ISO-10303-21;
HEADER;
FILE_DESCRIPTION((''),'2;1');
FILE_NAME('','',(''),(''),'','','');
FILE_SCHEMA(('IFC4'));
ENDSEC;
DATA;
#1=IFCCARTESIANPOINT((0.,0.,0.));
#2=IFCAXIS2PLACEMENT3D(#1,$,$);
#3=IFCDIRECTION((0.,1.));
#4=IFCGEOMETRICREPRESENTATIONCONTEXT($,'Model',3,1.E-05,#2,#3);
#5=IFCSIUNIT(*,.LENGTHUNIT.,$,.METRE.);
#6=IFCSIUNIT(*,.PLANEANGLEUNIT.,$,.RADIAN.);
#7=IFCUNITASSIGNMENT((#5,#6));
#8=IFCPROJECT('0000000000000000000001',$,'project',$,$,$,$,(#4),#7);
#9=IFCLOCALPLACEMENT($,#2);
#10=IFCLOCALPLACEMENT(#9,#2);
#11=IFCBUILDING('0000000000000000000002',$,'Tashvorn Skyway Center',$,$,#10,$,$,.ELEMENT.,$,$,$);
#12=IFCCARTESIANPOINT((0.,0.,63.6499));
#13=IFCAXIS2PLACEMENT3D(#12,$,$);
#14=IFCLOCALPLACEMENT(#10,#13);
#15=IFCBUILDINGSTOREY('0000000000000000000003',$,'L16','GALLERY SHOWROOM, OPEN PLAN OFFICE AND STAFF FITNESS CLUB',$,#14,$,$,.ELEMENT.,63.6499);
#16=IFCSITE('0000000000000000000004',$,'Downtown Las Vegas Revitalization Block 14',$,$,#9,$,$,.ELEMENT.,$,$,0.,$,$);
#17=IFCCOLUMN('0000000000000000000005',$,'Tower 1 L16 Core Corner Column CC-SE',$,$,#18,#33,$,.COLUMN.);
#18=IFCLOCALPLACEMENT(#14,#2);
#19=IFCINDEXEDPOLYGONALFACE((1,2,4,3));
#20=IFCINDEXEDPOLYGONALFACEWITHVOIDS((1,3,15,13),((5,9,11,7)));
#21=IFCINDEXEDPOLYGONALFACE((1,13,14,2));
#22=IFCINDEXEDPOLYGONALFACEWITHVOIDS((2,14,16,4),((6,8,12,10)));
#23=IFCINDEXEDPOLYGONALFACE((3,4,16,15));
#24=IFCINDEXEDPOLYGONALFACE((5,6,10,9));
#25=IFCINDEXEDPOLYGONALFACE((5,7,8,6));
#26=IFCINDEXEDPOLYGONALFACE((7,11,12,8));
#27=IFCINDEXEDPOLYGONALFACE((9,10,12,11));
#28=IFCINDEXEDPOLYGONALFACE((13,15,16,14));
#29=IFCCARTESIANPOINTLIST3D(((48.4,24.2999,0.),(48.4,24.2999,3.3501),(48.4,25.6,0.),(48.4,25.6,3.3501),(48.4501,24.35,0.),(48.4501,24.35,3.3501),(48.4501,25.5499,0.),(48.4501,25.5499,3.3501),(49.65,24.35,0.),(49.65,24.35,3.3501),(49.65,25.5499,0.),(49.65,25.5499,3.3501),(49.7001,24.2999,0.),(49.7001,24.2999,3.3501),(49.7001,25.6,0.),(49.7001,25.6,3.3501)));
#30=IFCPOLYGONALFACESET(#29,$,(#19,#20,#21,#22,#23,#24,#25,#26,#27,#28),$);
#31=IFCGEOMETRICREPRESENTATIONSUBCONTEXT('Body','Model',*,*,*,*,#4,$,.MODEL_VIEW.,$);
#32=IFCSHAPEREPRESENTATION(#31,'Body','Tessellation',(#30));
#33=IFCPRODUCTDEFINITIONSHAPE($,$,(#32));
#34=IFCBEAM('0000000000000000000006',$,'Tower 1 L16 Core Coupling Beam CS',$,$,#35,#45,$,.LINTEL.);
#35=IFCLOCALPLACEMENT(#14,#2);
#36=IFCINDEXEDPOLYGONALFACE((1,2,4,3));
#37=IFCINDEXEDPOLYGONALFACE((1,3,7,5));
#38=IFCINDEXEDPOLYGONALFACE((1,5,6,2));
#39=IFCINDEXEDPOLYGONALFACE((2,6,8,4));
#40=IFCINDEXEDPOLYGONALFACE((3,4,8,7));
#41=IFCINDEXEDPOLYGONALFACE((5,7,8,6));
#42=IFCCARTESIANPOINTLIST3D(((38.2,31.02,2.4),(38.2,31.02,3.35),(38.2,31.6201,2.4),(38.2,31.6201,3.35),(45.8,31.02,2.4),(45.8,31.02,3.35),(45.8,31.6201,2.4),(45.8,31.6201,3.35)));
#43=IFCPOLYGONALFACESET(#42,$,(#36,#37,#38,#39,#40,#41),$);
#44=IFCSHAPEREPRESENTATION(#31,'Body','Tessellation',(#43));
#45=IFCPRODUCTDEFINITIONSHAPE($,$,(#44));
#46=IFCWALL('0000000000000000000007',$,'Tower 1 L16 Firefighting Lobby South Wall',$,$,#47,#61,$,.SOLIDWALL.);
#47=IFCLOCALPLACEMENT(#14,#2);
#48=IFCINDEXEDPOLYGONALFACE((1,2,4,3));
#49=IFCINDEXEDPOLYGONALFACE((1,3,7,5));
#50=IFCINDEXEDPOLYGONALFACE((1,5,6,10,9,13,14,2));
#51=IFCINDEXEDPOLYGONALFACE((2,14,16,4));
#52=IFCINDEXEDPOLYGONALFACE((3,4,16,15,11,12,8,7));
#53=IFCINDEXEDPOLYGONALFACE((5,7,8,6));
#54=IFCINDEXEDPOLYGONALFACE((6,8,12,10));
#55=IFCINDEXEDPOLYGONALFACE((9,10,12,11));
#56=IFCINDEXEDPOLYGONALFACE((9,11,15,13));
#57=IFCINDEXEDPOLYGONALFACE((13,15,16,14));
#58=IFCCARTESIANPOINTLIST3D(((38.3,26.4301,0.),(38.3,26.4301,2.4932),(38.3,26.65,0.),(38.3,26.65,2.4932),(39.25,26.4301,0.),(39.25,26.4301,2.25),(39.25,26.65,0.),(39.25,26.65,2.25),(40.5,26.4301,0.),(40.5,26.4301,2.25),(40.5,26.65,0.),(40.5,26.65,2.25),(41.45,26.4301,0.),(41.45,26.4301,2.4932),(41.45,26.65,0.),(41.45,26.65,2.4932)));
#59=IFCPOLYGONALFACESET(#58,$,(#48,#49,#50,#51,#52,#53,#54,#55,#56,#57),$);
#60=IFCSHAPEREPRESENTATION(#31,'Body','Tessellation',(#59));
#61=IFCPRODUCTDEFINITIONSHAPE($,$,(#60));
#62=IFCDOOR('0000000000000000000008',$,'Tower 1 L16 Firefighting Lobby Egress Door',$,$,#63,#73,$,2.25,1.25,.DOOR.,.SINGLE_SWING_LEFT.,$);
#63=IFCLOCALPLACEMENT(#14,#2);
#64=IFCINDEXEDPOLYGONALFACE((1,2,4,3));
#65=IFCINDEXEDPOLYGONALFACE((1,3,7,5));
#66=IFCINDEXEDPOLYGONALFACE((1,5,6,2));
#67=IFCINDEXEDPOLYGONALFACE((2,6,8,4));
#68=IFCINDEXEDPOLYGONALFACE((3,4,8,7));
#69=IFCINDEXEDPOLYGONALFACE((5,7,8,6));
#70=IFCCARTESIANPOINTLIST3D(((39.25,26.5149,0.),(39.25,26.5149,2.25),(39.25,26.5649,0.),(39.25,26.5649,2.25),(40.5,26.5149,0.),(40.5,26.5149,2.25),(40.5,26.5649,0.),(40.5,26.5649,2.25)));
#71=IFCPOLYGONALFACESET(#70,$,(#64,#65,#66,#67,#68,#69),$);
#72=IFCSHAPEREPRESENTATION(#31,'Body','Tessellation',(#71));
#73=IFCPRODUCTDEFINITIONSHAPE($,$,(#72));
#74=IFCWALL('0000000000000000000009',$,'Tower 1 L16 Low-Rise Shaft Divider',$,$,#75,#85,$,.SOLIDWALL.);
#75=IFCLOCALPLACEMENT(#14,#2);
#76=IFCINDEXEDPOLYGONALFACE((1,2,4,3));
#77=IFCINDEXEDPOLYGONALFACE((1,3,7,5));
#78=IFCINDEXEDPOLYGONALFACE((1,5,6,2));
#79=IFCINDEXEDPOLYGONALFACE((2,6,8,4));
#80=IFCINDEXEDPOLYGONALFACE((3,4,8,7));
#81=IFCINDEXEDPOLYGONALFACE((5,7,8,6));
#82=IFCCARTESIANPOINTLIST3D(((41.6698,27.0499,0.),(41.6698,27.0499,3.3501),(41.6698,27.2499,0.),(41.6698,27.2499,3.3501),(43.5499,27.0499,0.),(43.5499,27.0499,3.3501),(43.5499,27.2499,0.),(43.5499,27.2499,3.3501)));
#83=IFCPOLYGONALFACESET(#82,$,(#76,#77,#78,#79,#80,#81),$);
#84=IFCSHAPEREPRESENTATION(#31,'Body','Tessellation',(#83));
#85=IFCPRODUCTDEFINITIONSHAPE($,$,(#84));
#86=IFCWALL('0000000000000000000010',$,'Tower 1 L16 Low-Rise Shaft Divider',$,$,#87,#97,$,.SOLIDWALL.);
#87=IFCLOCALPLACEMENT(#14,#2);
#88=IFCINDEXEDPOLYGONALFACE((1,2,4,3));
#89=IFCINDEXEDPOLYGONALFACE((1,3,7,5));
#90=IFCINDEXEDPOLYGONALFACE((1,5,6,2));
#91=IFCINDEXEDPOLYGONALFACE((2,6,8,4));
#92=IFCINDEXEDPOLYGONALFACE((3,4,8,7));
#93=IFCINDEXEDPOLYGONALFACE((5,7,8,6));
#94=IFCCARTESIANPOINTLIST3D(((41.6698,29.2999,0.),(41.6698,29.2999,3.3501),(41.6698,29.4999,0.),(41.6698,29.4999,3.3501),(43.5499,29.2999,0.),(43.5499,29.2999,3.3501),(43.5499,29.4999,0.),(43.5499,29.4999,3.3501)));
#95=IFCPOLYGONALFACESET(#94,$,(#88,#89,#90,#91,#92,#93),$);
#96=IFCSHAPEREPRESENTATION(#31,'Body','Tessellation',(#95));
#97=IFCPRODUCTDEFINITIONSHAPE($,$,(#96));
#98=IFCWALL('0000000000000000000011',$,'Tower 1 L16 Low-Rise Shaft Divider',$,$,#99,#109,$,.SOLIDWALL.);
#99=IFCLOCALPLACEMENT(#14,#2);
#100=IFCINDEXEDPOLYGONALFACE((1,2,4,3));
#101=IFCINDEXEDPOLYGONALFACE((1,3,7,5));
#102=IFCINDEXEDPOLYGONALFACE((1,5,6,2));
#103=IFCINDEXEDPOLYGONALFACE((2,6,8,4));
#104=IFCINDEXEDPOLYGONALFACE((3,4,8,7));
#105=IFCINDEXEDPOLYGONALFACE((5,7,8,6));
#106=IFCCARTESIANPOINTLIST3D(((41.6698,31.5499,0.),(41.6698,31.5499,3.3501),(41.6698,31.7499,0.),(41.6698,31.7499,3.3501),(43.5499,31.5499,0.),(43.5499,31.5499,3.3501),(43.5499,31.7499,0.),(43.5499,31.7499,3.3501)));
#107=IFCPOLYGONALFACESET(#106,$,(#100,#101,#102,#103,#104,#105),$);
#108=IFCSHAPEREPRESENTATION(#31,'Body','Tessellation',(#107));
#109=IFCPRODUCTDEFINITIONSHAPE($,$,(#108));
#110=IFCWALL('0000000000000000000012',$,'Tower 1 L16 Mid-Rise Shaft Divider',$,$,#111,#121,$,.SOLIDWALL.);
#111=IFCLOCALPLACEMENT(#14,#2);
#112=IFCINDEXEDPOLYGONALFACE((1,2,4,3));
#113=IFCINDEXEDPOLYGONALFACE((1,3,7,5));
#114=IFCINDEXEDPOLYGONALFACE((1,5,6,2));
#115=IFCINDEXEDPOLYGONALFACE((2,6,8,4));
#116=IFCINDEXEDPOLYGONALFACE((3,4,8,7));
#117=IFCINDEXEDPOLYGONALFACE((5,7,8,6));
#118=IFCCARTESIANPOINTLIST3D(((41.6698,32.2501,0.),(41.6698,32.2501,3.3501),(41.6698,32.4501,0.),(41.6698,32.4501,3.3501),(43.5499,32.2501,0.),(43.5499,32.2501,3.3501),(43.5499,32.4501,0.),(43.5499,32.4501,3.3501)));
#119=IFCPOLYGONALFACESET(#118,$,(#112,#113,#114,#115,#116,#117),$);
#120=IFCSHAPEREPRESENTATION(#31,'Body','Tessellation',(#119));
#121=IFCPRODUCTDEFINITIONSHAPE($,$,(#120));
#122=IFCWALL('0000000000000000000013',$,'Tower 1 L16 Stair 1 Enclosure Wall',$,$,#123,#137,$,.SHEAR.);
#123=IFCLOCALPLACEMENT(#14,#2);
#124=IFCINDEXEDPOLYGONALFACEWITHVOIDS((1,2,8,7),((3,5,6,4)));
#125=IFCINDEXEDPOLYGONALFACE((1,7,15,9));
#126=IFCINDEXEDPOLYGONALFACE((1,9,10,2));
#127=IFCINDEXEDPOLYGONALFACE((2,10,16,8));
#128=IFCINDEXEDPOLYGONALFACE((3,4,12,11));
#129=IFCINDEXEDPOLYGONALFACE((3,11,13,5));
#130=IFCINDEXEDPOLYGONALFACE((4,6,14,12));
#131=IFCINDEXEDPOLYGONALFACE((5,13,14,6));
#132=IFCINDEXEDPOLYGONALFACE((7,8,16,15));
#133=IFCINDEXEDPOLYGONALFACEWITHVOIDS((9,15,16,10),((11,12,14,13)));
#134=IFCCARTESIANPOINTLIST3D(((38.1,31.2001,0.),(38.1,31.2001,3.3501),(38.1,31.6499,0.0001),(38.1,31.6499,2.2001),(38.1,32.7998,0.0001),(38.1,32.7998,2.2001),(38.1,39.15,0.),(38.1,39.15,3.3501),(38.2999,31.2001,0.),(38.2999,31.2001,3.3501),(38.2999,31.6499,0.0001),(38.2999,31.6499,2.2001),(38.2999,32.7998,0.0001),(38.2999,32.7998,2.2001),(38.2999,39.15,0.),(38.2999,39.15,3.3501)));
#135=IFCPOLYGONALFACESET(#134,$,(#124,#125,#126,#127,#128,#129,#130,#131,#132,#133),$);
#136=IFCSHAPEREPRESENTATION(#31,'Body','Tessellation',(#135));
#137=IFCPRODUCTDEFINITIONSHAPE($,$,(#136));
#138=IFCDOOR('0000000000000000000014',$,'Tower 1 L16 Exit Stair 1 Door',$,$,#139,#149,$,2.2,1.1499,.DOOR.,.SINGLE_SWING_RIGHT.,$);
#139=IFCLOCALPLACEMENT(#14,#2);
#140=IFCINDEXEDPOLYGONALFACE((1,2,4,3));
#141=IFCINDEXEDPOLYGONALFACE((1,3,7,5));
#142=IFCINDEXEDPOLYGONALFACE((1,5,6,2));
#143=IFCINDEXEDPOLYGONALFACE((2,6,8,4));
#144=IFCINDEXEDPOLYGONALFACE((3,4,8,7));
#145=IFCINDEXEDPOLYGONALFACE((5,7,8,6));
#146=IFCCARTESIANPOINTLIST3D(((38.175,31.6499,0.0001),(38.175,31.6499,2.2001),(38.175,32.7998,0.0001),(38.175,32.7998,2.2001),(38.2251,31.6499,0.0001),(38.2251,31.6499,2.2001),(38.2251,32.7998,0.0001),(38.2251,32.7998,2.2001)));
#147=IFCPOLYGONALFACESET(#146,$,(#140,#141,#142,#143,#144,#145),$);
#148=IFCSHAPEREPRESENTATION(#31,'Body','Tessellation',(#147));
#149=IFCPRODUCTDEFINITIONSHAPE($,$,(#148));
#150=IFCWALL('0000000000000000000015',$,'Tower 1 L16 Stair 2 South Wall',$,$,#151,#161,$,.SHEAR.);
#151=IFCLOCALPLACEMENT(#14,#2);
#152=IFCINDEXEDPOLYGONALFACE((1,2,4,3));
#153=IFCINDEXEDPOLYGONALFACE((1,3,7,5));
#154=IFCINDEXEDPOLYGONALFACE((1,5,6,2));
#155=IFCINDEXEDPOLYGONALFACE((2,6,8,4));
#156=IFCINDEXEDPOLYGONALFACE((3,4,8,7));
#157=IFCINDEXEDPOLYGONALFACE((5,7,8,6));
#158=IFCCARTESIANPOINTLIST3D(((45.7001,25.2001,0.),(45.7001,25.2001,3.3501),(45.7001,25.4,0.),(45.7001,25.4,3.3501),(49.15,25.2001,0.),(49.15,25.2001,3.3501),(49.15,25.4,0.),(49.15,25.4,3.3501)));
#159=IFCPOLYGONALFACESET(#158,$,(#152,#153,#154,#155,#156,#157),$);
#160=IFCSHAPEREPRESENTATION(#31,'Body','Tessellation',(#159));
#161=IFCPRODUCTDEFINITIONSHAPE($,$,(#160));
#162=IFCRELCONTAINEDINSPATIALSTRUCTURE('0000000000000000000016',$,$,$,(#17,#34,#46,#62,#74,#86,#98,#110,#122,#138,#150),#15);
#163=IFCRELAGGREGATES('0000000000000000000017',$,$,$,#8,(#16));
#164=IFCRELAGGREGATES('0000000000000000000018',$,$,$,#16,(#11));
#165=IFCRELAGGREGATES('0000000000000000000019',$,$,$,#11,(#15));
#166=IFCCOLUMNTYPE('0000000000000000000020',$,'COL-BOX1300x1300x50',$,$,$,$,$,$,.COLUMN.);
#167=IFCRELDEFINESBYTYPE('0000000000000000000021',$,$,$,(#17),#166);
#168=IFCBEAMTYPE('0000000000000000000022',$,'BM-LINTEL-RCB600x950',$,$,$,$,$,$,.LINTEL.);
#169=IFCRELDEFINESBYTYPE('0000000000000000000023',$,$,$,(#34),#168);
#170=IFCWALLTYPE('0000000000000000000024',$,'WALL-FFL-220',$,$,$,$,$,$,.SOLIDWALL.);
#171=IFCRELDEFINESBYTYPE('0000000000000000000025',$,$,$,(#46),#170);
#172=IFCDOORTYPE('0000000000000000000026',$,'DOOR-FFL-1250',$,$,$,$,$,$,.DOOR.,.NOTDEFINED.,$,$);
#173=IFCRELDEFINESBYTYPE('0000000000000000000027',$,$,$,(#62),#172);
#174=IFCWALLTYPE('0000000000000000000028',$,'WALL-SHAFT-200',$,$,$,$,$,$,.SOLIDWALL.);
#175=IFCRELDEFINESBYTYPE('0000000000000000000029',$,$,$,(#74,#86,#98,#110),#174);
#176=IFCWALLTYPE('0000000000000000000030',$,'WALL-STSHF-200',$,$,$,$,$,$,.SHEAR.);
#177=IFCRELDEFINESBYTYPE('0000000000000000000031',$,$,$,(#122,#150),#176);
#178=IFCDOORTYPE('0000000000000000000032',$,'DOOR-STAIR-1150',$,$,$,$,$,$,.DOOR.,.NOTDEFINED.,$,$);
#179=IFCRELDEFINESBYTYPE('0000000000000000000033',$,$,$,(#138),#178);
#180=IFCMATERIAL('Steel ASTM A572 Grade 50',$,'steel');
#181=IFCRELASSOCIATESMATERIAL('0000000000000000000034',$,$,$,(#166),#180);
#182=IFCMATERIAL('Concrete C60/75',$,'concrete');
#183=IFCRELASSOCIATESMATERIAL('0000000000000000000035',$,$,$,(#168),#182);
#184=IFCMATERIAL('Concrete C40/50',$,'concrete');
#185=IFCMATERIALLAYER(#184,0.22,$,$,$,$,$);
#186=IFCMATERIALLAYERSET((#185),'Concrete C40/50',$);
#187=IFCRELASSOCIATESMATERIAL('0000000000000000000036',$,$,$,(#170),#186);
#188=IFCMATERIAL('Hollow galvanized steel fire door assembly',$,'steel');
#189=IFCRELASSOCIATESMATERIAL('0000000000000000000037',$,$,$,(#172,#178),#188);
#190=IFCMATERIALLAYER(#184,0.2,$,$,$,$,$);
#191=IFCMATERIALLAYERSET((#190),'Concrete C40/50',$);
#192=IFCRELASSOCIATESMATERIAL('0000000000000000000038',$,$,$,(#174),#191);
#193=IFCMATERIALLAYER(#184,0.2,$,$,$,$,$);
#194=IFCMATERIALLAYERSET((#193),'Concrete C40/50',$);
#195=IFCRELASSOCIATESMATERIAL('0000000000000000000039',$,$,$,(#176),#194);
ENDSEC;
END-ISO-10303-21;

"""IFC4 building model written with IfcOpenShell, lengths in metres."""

from ifc_helpers import new_model, si_unit, direction, frame, frame_2d, origin, origin_2d, place, context, subcontext, project, spatial, rectangle, hollow_rectangle, extrude, material, layer, layer_set, material_profile, profile_set, type_object, element, fill, save


model = new_model("IFC4")

# Units and contexts
model_context = context("Model", 3, precision=1e-05, world=origin(), true_north=direction((0.0, 1.0)))
body_context = subcontext(model_context, "Body", "Model", "MODEL_VIEW")
ifc_project = project(units=[si_unit("LENGTHUNIT", "METRE"), si_unit("PLANEANGLEUNIT", "RADIAN")], contexts=[model_context])

# Site, building, storey
site_placement = place(None, origin())
site = spatial("IfcSite", under=ifc_project, at=site_placement, Name="Downtown Las Vegas Revitalization Block 14", CompositionType="ELEMENT", RefElevation=0.0)
building_placement = place(site_placement, origin())
building = spatial("IfcBuilding", under=site, at=building_placement, Name="Tashvorn Skyway Center", CompositionType="ELEMENT")
storey_placement = place(building_placement, frame((0.0, 0.0, 63.6499)))
storey = spatial("IfcBuildingStorey", under=building, at=storey_placement, Name="L16", Description="GALLERY SHOWROOM, OPEN PLAN OFFICE AND STAFF FITNESS CLUB", CompositionType="ELEMENT", Elevation=63.6499)

# Column
ifc_material_1 = material(Name="Steel ASTM A572 Grade 50", Category="steel")
ifc_material_profile_1 = material_profile(ifc_material_1, hollow_rectangle(XDim=1.3, YDim=1.3, WallThickness=0.05, at=origin_2d()), Name="BOX1300x1300x50")
ifc_profile_set_1 = profile_set([ifc_material_profile_1], Name="Steel ASTM A572 Grade 50")
column_type = type_object("IfcColumnType", Name="COL-BOX1300x1300x50", PredefinedType="COLUMN", material=ifc_profile_set_1)
column_placement = place(storey_placement, frame((49.05, 24.95, 0.0), z_axis=(0.0, 0.0, 1.0), x_axis=(1.0, 0.0, 0.0)))
element("IfcColumn", 1, at=column_placement, inside=storey, type_object=column_type, Name="Tower 1 L16 Core Corner Column CC-SE", PredefinedType="COLUMN", context=body_context, shape_type="SweptSolid", body=[
    extrude(hollow_rectangle(XDim=1.3, YDim=1.3, WallThickness=0.05, at=origin_2d()), origin(), (0.0, 0.0, 1.0), 3.3501),
])

# Beam
ifc_material_2 = material(Name="Concrete C60/75", Category="concrete")
ifc_material_profile_2 = material_profile(ifc_material_2, rectangle(XDim=0.6001, YDim=0.95, at=origin_2d()), Name="RCB600x950")
ifc_profile_set_2 = profile_set([ifc_material_profile_2], Name="Concrete C60/75")
beam_type = type_object("IfcBeamType", Name="BM-LINTEL-RCB600x950", PredefinedType="LINTEL", material=ifc_profile_set_2)
beam_placement = place(storey_placement, frame((38.2, 31.3201, 2.875), z_axis=(1.0, 0.0, 0.0), x_axis=(0.0, 1.0, 0.0)))
element("IfcBeam", 2, at=beam_placement, inside=storey, type_object=beam_type, Name="Tower 1 L16 Core Coupling Beam CS", PredefinedType="LINTEL", context=body_context, shape_type="SweptSolid", body=[
    extrude(rectangle(XDim=0.6001, YDim=0.95, at=origin_2d()), origin(), (0.0, 0.0, 1.0), 7.6001),
])

# Wall, opening, door
ifc_material_3 = material(Name="Concrete C40/50", Category="concrete")
ifc_layer_1 = layer(ifc_material_3, 0.22)
ifc_layer_set_1 = layer_set([ifc_layer_1], Name="Concrete C40/50")
wall_type_1 = type_object("IfcWallType", Name="WALL-FFL-220", PredefinedType="SOLIDWALL", material=ifc_layer_set_1)
wall_1_placement = place(storey_placement, frame((38.3, 26.54, 0.0), z_axis=(0.0, 0.0, 1.0), x_axis=(1.0, 0.0, 0.0)))
wall_1 = element("IfcWall", 3, at=wall_1_placement, inside=storey, type_object=wall_type_1, Name="Tower 1 L16 Firefighting Lobby South Wall", PredefinedType="SOLIDWALL", context=body_context, shape_type="SweptSolid", body=[
    extrude(rectangle(XDim=3.1499, YDim=0.22, at=frame_2d((1.575, 0.0))), origin(), (0.0, 0.0, 1.0), 2.4932),
])
opening_1_placement = place(wall_1_placement, frame((0.95, 0.0, 0.0)))
opening_1 = element("IfcOpeningElement", 4, at=opening_1_placement, cuts=wall_1, PredefinedType="OPENING", context=body_context, shape_type="SweptSolid", body=[
    extrude(rectangle(XDim=1.25, YDim=2.25, at=frame_2d((0.625, 1.125))), frame((0.0, 0.1199, 0.0), z_axis=(0.0, -1.0, 0.0), x_axis=(1.0, 0.0, 0.0)), (0.0, 0.0, 1.0), 0.24),
])
ifc_material_4 = material(Name="Hollow galvanized steel fire door assembly", Category="steel")
door_type_1 = type_object("IfcDoorType", Name="DOOR-FFL-1250", OperationType="NOTDEFINED", PredefinedType="DOOR", material=ifc_material_4)
door_1_placement = place(opening_1_placement, origin())
door_1 = element("IfcDoor", 5, at=door_1_placement, inside=storey, type_object=door_type_1, Name="Tower 1 L16 Firefighting Lobby Egress Door", OperationType="SINGLE_SWING_LEFT", OverallHeight=2.25, OverallWidth=1.25, PredefinedType="DOOR", context=body_context, shape_type="SweptSolid", body=[
    extrude(rectangle(XDim=1.25, YDim=2.25, at=frame_2d((0.625, 1.125))), frame((0.0, 0.0249, 0.0), z_axis=(0.0, -1.0, 0.0), x_axis=(1.0, 0.0, 0.0)), (0.0, 0.0, 1.0), 0.05),
])
fill(opening_1, door_1)

# Walls
ifc_layer_2 = layer(ifc_material_3, 0.2)
ifc_layer_set_2 = layer_set([ifc_layer_2], Name="Concrete C40/50")
wall_type_2 = type_object("IfcWallType", Name="WALL-SHAFT-200", PredefinedType="SOLIDWALL", material=ifc_layer_set_2)
for number, where, z_axis, x_axis, name in (
    (6, (41.6699, 27.1499, 0.0), (0.0, 0.0, 1.0), (1.0, 0.0, 0.0), "Tower 1 L16 Low-Rise Shaft Divider"),
    (7, (41.6699, 29.3999, 0.0), (0.0, 0.0, 1.0), (1.0, 0.0, 0.0), "Tower 1 L16 Low-Rise Shaft Divider"),
    (8, (41.6699, 31.6499, 0.0), (0.0, 0.0, 1.0), (1.0, 0.0, 0.0), "Tower 1 L16 Low-Rise Shaft Divider"),
    (9, (41.6699, 32.3501, 0.0), (0.0, 0.0, 1.0), (1.0, 0.0, 0.0), "Tower 1 L16 Mid-Rise Shaft Divider"),
):
    element("IfcWall", number, at=place(storey_placement, frame(where, z_axis=z_axis, x_axis=x_axis)), inside=storey, type_object=wall_type_2, Name=name, PredefinedType="SOLIDWALL", context=body_context, shape_type="SweptSolid", body=[
        extrude(rectangle(XDim=1.8801, YDim=0.2, at=frame_2d((0.9399, 0.0))), origin(), (0.0, 0.0, 1.0), 3.3501),
    ])

# Wall, opening, door
ifc_layer_3 = layer(ifc_material_3, 0.2)
ifc_layer_set_3 = layer_set([ifc_layer_3], Name="Concrete C40/50")
wall_type_3 = type_object("IfcWallType", Name="WALL-STSHF-200", PredefinedType="SHEAR", material=ifc_layer_set_3)
wall_2_placement = place(storey_placement, frame((38.2, 31.2, 0.0), z_axis=(0.0, 0.0, 1.0), x_axis=(0.0, 1.0, 0.0)))
wall_2 = element("IfcWall", 10, at=wall_2_placement, inside=storey, type_object=wall_type_3, Name="Tower 1 L16 Stair 1 Enclosure Wall", PredefinedType="SHEAR", context=body_context, shape_type="SweptSolid", body=[
    extrude(rectangle(XDim=7.95, YDim=0.2, at=frame_2d((3.9751, 0.0))), origin(), (0.0, 0.0, 1.0), 3.3501),
])
opening_2_placement = place(wall_2_placement, frame((0.45, 0.0, 0.0)))
opening_2 = element("IfcOpeningElement", 11, at=opening_2_placement, cuts=wall_2, PredefinedType="OPENING", context=body_context, shape_type="SweptSolid", body=[
    extrude(rectangle(XDim=1.1499, YDim=2.2, at=frame_2d((0.575, 1.1001))), frame((0.0, 0.1099, 0.0), z_axis=(0.0, -1.0, 0.0), x_axis=(1.0, 0.0, 0.0)), (0.0, 0.0, 1.0), 0.22),
])
door_type_2 = type_object("IfcDoorType", Name="DOOR-STAIR-1150", OperationType="NOTDEFINED", PredefinedType="DOOR", material=ifc_material_4)
door_2_placement = place(opening_2_placement, origin())
door_2 = element("IfcDoor", 12, at=door_2_placement, inside=storey, type_object=door_type_2, Name="Tower 1 L16 Exit Stair 1 Door", OperationType="SINGLE_SWING_RIGHT", OverallHeight=2.2, OverallWidth=1.1499, PredefinedType="DOOR", context=body_context, shape_type="SweptSolid", body=[
    extrude(rectangle(XDim=1.1499, YDim=2.2, at=frame_2d((0.575, 1.1001))), frame((0.0, 0.0249, 0.0), z_axis=(0.0, -1.0, 0.0), x_axis=(1.0, 0.0, 0.0)), (0.0, 0.0, 1.0), 0.05),
])
fill(opening_2, door_2)

# Wall
wall_3_placement = place(storey_placement, frame((45.7, 25.3, 0.0), z_axis=(0.0, 0.0, 1.0), x_axis=(1.0, 0.0, 0.0)))
element("IfcWall", 13, at=wall_3_placement, inside=storey, type_object=wall_type_3, Name="Tower 1 L16 Stair 2 South Wall", PredefinedType="SHEAR", context=body_context, shape_type="SweptSolid", body=[
    extrude(rectangle(XDim=3.45, YDim=0.2, at=frame_2d((1.7251, 0.0))), origin(), (0.0, 0.0, 1.0), 3.3501),
])

save(model, "model.ifc")
